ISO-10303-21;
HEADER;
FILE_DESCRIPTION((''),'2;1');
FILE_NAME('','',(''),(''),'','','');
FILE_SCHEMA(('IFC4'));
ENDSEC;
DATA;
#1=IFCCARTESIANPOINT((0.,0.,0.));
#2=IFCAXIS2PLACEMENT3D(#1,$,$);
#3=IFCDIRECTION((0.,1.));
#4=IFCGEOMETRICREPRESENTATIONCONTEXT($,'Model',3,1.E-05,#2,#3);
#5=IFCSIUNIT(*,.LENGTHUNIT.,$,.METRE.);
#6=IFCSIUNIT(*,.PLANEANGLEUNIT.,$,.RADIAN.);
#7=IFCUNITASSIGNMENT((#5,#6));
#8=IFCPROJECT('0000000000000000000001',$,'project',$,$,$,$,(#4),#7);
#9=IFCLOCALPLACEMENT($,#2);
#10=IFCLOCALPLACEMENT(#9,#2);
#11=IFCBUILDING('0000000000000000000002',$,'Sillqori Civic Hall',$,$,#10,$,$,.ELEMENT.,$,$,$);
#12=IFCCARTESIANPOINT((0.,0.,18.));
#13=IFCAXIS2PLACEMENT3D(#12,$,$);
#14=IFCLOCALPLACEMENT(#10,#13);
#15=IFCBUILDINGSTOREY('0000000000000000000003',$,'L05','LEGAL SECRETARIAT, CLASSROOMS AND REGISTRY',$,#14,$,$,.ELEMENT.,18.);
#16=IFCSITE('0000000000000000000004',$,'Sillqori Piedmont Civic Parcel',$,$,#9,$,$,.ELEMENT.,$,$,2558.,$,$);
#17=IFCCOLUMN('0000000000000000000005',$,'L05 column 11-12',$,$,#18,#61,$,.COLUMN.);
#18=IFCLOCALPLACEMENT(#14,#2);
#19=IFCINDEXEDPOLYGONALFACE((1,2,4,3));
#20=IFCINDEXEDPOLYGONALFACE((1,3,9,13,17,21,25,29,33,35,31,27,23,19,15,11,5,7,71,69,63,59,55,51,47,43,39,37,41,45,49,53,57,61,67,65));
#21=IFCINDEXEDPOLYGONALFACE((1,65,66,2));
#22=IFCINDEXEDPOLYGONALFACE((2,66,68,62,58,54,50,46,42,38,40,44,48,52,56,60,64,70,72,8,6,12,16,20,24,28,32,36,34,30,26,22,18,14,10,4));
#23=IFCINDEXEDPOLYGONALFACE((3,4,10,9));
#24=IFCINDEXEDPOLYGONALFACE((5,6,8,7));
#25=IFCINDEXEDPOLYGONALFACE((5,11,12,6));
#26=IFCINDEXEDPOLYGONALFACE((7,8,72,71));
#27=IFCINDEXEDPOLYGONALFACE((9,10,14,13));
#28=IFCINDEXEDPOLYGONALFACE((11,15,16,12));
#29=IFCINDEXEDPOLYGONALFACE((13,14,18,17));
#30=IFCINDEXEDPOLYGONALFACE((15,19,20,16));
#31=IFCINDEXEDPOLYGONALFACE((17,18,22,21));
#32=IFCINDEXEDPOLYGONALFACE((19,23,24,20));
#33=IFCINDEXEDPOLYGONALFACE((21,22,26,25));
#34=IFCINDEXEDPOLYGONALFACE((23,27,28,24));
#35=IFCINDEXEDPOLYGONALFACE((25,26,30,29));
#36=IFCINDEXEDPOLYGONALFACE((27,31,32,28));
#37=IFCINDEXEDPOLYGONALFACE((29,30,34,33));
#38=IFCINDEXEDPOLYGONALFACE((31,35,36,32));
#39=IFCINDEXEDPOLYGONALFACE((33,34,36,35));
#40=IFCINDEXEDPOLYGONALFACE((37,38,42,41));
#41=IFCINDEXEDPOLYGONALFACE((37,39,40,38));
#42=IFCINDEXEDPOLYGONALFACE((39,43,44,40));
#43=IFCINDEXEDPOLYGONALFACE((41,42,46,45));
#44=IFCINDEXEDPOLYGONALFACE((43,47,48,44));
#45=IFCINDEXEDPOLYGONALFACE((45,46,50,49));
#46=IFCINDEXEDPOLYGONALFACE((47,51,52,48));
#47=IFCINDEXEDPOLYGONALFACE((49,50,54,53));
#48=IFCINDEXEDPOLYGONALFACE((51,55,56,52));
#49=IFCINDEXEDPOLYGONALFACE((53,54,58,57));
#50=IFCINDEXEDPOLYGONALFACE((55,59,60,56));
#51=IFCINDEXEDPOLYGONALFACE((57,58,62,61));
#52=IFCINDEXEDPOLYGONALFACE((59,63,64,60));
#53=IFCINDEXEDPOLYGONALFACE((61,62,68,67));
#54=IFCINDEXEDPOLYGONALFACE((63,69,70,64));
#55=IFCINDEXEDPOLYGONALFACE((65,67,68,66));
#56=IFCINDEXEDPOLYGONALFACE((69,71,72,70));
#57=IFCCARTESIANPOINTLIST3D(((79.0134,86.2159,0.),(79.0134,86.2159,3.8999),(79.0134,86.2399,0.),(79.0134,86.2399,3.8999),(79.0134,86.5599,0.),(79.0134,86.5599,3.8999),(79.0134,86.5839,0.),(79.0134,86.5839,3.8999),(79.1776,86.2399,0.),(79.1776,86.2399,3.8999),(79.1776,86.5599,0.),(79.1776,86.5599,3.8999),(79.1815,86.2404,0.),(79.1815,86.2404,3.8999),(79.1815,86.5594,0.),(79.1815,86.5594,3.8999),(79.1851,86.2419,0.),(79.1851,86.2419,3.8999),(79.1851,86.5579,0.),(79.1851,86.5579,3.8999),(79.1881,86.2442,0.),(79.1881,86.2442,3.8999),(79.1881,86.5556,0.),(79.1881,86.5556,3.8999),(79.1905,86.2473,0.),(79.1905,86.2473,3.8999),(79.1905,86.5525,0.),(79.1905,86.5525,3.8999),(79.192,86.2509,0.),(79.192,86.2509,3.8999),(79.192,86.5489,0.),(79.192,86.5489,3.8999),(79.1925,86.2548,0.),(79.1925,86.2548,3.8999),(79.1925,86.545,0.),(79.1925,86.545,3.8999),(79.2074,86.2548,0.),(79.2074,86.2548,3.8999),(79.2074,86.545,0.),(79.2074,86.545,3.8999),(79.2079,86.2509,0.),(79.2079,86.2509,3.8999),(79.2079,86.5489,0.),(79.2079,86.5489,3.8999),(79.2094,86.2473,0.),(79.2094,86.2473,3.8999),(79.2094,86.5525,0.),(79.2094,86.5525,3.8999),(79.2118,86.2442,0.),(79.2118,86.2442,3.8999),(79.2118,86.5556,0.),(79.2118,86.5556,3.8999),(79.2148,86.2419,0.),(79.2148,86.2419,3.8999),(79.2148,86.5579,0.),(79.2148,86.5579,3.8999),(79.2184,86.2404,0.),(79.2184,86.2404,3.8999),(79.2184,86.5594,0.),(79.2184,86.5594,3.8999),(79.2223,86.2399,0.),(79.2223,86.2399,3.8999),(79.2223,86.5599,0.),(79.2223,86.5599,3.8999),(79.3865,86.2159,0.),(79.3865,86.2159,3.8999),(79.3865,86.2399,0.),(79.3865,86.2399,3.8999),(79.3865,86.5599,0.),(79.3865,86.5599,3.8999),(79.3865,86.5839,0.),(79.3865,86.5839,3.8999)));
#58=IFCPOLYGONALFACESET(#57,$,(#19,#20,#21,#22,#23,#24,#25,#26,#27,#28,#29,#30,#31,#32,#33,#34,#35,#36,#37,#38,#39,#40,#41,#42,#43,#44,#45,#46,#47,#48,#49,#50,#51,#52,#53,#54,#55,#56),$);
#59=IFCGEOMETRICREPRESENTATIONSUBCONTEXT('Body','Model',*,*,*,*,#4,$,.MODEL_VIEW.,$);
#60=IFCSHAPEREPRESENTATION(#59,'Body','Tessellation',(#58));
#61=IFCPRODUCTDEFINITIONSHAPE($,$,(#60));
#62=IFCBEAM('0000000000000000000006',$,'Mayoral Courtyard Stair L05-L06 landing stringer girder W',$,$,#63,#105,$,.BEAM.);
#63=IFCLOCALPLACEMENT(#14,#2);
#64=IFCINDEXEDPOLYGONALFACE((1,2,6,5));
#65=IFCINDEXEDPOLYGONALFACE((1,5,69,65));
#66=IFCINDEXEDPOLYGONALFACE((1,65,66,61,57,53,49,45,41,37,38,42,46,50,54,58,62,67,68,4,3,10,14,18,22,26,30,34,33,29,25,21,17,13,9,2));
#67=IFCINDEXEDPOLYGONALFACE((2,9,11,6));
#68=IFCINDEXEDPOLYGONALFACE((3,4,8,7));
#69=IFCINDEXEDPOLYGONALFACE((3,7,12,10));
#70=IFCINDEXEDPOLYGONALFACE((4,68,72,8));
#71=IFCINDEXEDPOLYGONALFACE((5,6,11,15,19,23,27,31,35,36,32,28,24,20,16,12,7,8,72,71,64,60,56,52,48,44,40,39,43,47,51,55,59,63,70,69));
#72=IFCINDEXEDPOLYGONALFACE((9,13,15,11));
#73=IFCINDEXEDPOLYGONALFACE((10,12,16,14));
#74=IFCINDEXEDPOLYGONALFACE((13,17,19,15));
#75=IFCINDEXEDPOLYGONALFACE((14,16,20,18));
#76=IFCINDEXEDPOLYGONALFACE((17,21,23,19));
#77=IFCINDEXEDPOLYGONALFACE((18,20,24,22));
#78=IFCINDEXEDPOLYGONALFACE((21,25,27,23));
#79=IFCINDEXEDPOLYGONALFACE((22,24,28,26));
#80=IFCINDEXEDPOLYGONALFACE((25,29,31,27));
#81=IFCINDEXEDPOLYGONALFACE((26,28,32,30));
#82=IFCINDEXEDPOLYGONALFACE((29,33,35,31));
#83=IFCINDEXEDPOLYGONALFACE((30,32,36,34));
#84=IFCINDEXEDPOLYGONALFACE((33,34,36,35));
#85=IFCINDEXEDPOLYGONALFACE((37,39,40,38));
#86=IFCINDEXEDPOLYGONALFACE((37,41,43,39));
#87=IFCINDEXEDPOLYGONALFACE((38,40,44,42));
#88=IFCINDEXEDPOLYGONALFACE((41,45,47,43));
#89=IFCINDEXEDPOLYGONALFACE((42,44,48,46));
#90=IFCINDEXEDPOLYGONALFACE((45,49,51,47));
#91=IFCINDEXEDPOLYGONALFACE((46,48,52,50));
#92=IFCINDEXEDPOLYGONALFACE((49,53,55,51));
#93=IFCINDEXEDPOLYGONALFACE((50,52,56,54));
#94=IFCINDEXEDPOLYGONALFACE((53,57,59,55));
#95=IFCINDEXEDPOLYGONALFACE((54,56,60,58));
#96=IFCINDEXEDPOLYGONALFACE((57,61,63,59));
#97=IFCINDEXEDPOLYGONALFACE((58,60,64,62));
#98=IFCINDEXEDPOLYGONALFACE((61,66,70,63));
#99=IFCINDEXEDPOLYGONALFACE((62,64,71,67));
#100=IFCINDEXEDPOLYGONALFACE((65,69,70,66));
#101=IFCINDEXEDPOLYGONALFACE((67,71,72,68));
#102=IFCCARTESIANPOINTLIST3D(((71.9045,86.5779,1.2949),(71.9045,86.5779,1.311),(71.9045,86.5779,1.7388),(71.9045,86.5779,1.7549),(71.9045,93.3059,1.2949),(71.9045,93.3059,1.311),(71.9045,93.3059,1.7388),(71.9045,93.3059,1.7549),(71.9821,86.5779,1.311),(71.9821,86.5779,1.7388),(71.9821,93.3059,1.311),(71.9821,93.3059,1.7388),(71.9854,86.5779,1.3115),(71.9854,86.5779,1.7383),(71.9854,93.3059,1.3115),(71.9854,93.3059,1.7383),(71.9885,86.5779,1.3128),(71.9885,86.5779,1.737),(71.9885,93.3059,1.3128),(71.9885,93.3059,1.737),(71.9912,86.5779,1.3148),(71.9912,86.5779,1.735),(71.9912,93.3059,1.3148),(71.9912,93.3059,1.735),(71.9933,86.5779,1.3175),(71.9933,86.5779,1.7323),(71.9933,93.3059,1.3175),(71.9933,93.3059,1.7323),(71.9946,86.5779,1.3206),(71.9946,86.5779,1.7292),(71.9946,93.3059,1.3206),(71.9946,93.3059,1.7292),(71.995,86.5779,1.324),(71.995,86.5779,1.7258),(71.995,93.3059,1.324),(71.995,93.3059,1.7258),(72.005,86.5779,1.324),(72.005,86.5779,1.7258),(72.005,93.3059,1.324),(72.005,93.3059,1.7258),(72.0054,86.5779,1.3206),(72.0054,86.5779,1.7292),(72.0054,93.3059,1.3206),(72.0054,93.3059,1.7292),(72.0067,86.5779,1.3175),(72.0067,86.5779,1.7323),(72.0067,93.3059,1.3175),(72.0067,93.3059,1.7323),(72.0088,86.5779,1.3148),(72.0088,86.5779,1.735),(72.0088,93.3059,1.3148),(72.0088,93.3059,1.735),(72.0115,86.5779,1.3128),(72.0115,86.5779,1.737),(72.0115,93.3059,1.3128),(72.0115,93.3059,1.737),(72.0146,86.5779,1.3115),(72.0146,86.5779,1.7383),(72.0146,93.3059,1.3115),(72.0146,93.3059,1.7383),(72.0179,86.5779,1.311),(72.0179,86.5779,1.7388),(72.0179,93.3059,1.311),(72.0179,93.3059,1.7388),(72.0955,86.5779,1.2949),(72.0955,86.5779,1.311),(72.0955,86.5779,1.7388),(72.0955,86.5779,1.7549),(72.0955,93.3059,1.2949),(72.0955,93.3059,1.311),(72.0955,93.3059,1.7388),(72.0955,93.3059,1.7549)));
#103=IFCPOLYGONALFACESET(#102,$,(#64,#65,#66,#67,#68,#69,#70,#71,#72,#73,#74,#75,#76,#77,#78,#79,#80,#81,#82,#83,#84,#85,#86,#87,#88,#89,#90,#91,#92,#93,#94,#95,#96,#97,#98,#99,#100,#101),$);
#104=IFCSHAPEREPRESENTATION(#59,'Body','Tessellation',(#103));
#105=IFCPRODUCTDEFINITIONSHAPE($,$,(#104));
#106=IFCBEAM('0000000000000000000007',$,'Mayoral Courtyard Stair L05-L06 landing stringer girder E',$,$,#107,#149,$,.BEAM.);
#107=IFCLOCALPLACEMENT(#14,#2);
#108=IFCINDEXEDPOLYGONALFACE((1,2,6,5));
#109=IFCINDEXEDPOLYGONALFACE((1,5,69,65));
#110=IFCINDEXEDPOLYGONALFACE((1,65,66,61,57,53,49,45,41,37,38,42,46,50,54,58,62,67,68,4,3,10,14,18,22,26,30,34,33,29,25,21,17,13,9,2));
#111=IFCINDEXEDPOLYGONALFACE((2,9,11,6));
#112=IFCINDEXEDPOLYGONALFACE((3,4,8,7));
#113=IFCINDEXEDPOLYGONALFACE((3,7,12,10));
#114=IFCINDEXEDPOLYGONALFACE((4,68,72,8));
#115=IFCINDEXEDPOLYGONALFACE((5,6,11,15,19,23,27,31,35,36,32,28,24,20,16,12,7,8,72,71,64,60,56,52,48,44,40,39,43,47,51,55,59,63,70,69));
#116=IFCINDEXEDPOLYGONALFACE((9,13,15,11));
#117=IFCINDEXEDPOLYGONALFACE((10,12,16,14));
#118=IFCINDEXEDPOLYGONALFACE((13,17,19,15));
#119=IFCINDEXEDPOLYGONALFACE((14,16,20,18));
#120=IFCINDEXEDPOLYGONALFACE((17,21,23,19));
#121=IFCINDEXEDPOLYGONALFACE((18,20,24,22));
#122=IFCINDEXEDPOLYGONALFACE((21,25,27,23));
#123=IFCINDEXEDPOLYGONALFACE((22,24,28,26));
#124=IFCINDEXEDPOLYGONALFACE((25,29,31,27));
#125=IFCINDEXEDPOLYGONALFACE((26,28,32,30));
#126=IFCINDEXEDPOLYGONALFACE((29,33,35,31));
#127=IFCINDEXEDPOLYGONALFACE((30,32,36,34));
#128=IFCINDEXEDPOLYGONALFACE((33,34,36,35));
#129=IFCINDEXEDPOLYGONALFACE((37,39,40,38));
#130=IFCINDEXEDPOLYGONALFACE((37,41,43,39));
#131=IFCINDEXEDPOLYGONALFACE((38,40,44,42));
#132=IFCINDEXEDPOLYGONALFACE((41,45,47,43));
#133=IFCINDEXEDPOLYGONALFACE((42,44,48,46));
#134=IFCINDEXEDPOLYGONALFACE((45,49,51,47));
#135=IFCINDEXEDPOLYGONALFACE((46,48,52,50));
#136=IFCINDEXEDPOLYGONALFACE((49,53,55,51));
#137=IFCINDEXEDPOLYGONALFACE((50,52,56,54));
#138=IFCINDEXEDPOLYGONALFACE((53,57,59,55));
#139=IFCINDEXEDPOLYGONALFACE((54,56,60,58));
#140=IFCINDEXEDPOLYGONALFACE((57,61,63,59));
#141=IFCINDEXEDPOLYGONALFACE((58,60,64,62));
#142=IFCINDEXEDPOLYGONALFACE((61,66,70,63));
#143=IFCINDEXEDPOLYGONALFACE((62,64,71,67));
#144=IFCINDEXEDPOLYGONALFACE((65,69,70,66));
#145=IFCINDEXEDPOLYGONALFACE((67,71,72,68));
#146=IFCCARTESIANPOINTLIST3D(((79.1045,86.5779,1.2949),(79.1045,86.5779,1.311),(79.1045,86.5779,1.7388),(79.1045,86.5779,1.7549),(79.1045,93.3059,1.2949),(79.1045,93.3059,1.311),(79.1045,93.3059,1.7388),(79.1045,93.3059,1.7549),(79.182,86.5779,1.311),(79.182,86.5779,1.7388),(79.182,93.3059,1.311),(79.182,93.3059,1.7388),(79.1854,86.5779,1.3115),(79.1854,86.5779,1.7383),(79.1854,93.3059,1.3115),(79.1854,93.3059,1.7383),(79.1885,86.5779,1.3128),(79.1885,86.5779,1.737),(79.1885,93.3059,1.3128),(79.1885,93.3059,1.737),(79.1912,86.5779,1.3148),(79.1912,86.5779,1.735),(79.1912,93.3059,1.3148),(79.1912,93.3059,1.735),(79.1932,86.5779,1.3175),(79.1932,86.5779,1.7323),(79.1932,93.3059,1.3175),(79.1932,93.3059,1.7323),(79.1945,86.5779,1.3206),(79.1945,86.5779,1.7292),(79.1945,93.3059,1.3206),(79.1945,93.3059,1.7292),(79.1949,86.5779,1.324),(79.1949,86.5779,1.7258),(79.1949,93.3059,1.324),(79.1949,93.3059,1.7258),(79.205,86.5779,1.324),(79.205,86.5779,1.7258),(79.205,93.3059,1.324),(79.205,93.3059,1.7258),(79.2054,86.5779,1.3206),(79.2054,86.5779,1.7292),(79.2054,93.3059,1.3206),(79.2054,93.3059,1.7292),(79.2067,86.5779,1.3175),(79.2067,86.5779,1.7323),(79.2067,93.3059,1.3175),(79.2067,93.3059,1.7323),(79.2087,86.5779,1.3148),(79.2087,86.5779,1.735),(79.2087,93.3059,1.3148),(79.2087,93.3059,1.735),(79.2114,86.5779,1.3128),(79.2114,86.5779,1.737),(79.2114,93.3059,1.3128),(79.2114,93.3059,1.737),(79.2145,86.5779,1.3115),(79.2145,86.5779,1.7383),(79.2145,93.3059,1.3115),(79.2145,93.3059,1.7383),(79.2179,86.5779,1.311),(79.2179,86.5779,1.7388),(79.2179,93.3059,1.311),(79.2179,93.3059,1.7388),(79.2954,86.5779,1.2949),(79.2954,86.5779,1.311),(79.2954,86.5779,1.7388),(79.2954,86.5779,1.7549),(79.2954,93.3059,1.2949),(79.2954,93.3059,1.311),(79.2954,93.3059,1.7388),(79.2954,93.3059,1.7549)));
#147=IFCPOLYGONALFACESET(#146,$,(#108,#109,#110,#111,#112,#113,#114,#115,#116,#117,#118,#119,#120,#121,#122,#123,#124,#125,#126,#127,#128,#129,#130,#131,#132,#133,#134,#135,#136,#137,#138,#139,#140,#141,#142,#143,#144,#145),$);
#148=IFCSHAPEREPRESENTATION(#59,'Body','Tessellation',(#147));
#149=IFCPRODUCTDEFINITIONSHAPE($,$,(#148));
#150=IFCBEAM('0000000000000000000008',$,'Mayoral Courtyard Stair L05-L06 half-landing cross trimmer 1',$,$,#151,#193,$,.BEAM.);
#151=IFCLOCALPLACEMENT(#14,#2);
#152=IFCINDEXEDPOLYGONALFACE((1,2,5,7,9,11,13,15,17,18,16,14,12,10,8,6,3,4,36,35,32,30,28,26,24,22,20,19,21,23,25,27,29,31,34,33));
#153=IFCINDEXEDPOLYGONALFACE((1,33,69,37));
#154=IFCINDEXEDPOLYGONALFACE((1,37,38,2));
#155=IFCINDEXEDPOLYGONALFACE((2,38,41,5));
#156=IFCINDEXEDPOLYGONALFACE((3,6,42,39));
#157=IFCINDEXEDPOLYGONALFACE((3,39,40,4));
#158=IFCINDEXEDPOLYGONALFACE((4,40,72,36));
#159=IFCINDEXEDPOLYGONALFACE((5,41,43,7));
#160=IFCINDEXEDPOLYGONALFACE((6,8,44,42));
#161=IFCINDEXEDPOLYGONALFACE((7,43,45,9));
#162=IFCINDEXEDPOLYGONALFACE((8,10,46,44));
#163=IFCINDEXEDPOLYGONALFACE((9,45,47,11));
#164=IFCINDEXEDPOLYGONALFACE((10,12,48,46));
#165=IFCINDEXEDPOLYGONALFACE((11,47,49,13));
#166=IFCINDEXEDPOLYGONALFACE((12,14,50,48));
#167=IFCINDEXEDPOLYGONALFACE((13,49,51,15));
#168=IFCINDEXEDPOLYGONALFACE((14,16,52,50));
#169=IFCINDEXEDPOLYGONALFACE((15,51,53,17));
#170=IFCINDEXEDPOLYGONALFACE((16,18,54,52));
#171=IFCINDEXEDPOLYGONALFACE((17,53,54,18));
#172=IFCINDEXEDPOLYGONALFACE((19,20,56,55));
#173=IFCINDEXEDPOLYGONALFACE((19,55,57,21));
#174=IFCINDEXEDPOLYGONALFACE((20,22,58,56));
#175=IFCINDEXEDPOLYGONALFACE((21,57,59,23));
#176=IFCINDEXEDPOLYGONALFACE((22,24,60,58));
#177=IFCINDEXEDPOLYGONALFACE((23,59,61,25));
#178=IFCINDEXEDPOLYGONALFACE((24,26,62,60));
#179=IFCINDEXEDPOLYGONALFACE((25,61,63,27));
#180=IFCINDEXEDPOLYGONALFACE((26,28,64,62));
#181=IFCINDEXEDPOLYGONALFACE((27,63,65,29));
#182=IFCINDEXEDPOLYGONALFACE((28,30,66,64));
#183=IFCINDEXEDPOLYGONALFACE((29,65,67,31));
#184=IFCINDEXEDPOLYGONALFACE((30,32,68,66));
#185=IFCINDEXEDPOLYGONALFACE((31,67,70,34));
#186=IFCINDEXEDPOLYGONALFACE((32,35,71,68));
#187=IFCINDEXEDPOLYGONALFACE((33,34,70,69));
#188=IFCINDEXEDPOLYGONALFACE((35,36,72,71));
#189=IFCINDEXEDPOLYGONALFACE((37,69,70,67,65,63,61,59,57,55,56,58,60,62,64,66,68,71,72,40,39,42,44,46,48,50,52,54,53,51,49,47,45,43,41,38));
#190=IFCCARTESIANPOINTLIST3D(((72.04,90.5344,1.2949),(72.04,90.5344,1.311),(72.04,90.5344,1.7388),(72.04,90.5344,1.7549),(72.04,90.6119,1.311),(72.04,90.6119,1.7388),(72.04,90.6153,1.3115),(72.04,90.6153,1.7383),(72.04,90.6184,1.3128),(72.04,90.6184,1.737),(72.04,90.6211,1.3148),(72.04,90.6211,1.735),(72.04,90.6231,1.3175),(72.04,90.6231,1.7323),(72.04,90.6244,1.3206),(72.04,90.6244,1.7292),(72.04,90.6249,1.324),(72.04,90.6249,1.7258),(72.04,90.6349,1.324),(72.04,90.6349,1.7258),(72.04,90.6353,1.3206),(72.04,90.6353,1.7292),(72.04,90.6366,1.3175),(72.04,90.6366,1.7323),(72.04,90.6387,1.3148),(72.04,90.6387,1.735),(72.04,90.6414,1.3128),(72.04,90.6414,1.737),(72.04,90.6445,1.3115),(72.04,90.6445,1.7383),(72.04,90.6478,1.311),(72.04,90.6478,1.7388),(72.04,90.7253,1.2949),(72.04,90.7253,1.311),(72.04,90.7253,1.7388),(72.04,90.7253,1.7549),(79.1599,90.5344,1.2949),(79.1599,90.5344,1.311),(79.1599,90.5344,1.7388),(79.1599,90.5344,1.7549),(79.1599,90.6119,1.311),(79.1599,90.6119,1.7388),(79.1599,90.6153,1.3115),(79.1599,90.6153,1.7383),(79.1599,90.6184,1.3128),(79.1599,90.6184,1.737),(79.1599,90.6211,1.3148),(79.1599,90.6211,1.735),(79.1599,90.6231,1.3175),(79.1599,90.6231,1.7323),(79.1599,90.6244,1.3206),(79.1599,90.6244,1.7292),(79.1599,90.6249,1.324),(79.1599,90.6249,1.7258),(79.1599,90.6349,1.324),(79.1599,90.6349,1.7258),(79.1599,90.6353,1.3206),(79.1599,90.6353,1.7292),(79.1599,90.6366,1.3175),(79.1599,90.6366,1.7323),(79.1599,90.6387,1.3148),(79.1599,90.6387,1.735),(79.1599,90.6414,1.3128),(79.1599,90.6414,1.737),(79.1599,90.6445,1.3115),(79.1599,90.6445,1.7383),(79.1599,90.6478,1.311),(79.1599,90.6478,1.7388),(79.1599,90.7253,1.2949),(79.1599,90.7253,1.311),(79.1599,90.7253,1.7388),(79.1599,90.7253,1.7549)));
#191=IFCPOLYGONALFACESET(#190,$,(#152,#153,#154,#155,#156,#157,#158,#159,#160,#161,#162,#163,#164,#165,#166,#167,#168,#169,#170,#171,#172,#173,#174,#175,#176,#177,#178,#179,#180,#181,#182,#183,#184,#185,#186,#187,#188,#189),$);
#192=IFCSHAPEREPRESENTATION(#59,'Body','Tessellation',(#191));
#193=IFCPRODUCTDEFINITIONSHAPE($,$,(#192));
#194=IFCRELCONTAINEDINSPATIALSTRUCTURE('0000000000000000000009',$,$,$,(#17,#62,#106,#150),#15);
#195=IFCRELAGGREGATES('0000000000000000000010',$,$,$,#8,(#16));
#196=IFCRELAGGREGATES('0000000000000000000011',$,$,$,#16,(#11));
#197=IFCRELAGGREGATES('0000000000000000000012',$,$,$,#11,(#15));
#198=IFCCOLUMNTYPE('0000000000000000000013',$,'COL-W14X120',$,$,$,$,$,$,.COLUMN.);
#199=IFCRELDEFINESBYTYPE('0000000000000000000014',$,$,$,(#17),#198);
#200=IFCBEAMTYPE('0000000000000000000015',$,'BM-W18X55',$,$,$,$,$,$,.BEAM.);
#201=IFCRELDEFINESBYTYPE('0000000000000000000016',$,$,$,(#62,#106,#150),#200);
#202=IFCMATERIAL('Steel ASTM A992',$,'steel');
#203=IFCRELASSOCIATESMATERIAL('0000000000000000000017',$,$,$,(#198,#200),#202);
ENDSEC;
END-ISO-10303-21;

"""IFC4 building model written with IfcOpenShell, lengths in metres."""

from ifc_helpers import new_model, si_unit, direction, frame, origin, origin_2d, place, context, subcontext, project, spatial, i_section, extrude, material, material_profile, profile_set, type_object, element, save


model = new_model("IFC4")

# Units and contexts
model_context = context("Model", 3, precision=1e-05, world=origin(), true_north=direction((0.0, 1.0)))
body_context = subcontext(model_context, "Body", "Model", "MODEL_VIEW")
ifc_project = project(units=[si_unit("LENGTHUNIT", "METRE"), si_unit("PLANEANGLEUNIT", "RADIAN")], contexts=[model_context])

# Site, building, storey
site_placement = place(None, origin())
site = spatial("IfcSite", under=ifc_project, at=site_placement, Name="Sillqori Piedmont Civic Parcel", CompositionType="ELEMENT", RefElevation=2558.0)
building_placement = place(site_placement, origin())
building = spatial("IfcBuilding", under=site, at=building_placement, Name="Sillqori Civic Hall", CompositionType="ELEMENT")
storey_placement = place(building_placement, frame((0.0, 0.0, 18.0)))
storey = spatial("IfcBuildingStorey", under=building, at=storey_placement, Name="L05", Description="LEGAL SECRETARIAT, CLASSROOMS AND REGISTRY", CompositionType="ELEMENT", Elevation=18.0)

# Column
ifc_material_1 = material(Name="Steel ASTM A992", Category="steel")
ifc_material_profile_1 = material_profile(ifc_material_1, i_section(OverallWidth=0.373, OverallDepth=0.3679, WebThickness=0.0149, FlangeThickness=0.0239, FilletRadius=0.0149, at=origin_2d()), Name="W14X120")
ifc_profile_set_1 = profile_set([ifc_material_profile_1], Name="Steel ASTM A992")
column_type = type_object("IfcColumnType", Name="COL-W14X120", PredefinedType="COLUMN", material=ifc_profile_set_1)
column_placement = place(storey_placement, frame((79.2, 86.3999, 0.0), z_axis=(0.0, 0.0, 1.0), x_axis=(1.0, 0.0, 0.0)))
element("IfcColumn", 1, at=column_placement, inside=storey, type_object=column_type, Name="L05 column 11-12", PredefinedType="COLUMN", context=body_context, shape_type="SweptSolid", body=[
    extrude(i_section(OverallWidth=0.373, OverallDepth=0.3679, WebThickness=0.0149, FlangeThickness=0.0239, FilletRadius=0.0149, at=origin_2d()), origin(), (0.0, 0.0, 1.0), 3.8999),
])

# Beams
ifc_material_profile_2 = material_profile(ifc_material_1, i_section(OverallWidth=0.1909, OverallDepth=0.46, WebThickness=0.01, FlangeThickness=0.0161, FilletRadius=0.0129, at=origin_2d()), Name="W18X55")
ifc_profile_set_2 = profile_set([ifc_material_profile_2], Name="Steel ASTM A992")
beam_type_1 = type_object("IfcBeamType", Name="BM-W18X55", PredefinedType="BEAM", material=ifc_profile_set_2)
for number, where, z_axis, x_axis, name in (
    (2, (72.0, 86.5779, 1.5249), (0.0, 1.0, 0.0), (-1.0, 0.0, 0.0), "Mayoral Courtyard Stair L05-L06 landing stringer girder W"),
    (3, (79.2, 86.5779, 1.5249), (0.0, 1.0, 0.0), (-1.0, 0.0, 0.0), "Mayoral Courtyard Stair L05-L06 landing stringer girder E"),
):
    element("IfcBeam", number, at=place(storey_placement, frame(where, z_axis=z_axis, x_axis=x_axis)), inside=storey, type_object=beam_type_1, Name=name, PredefinedType="BEAM", context=body_context, shape_type="SweptSolid", body=[
        extrude(i_section(OverallWidth=0.1909, OverallDepth=0.46, WebThickness=0.01, FlangeThickness=0.0161, FilletRadius=0.0129, at=origin_2d()), origin(), (0.0, 0.0, 1.0), 6.728),
    ])
for number, where, z_axis, x_axis, name in (
    (4, (72.04, 90.6299, 1.5249), (1.0, 0.0, 0.0), (0.0, 1.0, 0.0), "Mayoral Courtyard Stair L05-L06 half-landing cross trimmer 1"),
):
    element("IfcBeam", number, at=place(storey_placement, frame(where, z_axis=z_axis, x_axis=x_axis)), inside=storey, type_object=beam_type_1, Name=name, PredefinedType="BEAM", context=body_context, shape_type="SweptSolid", body=[
        extrude(i_section(OverallWidth=0.1909, OverallDepth=0.46, WebThickness=0.01, FlangeThickness=0.0161, FilletRadius=0.0129, at=origin_2d()), origin(), (0.0, 0.0, 1.0), 7.1199),
    ])

save(model, "model.ifc")
